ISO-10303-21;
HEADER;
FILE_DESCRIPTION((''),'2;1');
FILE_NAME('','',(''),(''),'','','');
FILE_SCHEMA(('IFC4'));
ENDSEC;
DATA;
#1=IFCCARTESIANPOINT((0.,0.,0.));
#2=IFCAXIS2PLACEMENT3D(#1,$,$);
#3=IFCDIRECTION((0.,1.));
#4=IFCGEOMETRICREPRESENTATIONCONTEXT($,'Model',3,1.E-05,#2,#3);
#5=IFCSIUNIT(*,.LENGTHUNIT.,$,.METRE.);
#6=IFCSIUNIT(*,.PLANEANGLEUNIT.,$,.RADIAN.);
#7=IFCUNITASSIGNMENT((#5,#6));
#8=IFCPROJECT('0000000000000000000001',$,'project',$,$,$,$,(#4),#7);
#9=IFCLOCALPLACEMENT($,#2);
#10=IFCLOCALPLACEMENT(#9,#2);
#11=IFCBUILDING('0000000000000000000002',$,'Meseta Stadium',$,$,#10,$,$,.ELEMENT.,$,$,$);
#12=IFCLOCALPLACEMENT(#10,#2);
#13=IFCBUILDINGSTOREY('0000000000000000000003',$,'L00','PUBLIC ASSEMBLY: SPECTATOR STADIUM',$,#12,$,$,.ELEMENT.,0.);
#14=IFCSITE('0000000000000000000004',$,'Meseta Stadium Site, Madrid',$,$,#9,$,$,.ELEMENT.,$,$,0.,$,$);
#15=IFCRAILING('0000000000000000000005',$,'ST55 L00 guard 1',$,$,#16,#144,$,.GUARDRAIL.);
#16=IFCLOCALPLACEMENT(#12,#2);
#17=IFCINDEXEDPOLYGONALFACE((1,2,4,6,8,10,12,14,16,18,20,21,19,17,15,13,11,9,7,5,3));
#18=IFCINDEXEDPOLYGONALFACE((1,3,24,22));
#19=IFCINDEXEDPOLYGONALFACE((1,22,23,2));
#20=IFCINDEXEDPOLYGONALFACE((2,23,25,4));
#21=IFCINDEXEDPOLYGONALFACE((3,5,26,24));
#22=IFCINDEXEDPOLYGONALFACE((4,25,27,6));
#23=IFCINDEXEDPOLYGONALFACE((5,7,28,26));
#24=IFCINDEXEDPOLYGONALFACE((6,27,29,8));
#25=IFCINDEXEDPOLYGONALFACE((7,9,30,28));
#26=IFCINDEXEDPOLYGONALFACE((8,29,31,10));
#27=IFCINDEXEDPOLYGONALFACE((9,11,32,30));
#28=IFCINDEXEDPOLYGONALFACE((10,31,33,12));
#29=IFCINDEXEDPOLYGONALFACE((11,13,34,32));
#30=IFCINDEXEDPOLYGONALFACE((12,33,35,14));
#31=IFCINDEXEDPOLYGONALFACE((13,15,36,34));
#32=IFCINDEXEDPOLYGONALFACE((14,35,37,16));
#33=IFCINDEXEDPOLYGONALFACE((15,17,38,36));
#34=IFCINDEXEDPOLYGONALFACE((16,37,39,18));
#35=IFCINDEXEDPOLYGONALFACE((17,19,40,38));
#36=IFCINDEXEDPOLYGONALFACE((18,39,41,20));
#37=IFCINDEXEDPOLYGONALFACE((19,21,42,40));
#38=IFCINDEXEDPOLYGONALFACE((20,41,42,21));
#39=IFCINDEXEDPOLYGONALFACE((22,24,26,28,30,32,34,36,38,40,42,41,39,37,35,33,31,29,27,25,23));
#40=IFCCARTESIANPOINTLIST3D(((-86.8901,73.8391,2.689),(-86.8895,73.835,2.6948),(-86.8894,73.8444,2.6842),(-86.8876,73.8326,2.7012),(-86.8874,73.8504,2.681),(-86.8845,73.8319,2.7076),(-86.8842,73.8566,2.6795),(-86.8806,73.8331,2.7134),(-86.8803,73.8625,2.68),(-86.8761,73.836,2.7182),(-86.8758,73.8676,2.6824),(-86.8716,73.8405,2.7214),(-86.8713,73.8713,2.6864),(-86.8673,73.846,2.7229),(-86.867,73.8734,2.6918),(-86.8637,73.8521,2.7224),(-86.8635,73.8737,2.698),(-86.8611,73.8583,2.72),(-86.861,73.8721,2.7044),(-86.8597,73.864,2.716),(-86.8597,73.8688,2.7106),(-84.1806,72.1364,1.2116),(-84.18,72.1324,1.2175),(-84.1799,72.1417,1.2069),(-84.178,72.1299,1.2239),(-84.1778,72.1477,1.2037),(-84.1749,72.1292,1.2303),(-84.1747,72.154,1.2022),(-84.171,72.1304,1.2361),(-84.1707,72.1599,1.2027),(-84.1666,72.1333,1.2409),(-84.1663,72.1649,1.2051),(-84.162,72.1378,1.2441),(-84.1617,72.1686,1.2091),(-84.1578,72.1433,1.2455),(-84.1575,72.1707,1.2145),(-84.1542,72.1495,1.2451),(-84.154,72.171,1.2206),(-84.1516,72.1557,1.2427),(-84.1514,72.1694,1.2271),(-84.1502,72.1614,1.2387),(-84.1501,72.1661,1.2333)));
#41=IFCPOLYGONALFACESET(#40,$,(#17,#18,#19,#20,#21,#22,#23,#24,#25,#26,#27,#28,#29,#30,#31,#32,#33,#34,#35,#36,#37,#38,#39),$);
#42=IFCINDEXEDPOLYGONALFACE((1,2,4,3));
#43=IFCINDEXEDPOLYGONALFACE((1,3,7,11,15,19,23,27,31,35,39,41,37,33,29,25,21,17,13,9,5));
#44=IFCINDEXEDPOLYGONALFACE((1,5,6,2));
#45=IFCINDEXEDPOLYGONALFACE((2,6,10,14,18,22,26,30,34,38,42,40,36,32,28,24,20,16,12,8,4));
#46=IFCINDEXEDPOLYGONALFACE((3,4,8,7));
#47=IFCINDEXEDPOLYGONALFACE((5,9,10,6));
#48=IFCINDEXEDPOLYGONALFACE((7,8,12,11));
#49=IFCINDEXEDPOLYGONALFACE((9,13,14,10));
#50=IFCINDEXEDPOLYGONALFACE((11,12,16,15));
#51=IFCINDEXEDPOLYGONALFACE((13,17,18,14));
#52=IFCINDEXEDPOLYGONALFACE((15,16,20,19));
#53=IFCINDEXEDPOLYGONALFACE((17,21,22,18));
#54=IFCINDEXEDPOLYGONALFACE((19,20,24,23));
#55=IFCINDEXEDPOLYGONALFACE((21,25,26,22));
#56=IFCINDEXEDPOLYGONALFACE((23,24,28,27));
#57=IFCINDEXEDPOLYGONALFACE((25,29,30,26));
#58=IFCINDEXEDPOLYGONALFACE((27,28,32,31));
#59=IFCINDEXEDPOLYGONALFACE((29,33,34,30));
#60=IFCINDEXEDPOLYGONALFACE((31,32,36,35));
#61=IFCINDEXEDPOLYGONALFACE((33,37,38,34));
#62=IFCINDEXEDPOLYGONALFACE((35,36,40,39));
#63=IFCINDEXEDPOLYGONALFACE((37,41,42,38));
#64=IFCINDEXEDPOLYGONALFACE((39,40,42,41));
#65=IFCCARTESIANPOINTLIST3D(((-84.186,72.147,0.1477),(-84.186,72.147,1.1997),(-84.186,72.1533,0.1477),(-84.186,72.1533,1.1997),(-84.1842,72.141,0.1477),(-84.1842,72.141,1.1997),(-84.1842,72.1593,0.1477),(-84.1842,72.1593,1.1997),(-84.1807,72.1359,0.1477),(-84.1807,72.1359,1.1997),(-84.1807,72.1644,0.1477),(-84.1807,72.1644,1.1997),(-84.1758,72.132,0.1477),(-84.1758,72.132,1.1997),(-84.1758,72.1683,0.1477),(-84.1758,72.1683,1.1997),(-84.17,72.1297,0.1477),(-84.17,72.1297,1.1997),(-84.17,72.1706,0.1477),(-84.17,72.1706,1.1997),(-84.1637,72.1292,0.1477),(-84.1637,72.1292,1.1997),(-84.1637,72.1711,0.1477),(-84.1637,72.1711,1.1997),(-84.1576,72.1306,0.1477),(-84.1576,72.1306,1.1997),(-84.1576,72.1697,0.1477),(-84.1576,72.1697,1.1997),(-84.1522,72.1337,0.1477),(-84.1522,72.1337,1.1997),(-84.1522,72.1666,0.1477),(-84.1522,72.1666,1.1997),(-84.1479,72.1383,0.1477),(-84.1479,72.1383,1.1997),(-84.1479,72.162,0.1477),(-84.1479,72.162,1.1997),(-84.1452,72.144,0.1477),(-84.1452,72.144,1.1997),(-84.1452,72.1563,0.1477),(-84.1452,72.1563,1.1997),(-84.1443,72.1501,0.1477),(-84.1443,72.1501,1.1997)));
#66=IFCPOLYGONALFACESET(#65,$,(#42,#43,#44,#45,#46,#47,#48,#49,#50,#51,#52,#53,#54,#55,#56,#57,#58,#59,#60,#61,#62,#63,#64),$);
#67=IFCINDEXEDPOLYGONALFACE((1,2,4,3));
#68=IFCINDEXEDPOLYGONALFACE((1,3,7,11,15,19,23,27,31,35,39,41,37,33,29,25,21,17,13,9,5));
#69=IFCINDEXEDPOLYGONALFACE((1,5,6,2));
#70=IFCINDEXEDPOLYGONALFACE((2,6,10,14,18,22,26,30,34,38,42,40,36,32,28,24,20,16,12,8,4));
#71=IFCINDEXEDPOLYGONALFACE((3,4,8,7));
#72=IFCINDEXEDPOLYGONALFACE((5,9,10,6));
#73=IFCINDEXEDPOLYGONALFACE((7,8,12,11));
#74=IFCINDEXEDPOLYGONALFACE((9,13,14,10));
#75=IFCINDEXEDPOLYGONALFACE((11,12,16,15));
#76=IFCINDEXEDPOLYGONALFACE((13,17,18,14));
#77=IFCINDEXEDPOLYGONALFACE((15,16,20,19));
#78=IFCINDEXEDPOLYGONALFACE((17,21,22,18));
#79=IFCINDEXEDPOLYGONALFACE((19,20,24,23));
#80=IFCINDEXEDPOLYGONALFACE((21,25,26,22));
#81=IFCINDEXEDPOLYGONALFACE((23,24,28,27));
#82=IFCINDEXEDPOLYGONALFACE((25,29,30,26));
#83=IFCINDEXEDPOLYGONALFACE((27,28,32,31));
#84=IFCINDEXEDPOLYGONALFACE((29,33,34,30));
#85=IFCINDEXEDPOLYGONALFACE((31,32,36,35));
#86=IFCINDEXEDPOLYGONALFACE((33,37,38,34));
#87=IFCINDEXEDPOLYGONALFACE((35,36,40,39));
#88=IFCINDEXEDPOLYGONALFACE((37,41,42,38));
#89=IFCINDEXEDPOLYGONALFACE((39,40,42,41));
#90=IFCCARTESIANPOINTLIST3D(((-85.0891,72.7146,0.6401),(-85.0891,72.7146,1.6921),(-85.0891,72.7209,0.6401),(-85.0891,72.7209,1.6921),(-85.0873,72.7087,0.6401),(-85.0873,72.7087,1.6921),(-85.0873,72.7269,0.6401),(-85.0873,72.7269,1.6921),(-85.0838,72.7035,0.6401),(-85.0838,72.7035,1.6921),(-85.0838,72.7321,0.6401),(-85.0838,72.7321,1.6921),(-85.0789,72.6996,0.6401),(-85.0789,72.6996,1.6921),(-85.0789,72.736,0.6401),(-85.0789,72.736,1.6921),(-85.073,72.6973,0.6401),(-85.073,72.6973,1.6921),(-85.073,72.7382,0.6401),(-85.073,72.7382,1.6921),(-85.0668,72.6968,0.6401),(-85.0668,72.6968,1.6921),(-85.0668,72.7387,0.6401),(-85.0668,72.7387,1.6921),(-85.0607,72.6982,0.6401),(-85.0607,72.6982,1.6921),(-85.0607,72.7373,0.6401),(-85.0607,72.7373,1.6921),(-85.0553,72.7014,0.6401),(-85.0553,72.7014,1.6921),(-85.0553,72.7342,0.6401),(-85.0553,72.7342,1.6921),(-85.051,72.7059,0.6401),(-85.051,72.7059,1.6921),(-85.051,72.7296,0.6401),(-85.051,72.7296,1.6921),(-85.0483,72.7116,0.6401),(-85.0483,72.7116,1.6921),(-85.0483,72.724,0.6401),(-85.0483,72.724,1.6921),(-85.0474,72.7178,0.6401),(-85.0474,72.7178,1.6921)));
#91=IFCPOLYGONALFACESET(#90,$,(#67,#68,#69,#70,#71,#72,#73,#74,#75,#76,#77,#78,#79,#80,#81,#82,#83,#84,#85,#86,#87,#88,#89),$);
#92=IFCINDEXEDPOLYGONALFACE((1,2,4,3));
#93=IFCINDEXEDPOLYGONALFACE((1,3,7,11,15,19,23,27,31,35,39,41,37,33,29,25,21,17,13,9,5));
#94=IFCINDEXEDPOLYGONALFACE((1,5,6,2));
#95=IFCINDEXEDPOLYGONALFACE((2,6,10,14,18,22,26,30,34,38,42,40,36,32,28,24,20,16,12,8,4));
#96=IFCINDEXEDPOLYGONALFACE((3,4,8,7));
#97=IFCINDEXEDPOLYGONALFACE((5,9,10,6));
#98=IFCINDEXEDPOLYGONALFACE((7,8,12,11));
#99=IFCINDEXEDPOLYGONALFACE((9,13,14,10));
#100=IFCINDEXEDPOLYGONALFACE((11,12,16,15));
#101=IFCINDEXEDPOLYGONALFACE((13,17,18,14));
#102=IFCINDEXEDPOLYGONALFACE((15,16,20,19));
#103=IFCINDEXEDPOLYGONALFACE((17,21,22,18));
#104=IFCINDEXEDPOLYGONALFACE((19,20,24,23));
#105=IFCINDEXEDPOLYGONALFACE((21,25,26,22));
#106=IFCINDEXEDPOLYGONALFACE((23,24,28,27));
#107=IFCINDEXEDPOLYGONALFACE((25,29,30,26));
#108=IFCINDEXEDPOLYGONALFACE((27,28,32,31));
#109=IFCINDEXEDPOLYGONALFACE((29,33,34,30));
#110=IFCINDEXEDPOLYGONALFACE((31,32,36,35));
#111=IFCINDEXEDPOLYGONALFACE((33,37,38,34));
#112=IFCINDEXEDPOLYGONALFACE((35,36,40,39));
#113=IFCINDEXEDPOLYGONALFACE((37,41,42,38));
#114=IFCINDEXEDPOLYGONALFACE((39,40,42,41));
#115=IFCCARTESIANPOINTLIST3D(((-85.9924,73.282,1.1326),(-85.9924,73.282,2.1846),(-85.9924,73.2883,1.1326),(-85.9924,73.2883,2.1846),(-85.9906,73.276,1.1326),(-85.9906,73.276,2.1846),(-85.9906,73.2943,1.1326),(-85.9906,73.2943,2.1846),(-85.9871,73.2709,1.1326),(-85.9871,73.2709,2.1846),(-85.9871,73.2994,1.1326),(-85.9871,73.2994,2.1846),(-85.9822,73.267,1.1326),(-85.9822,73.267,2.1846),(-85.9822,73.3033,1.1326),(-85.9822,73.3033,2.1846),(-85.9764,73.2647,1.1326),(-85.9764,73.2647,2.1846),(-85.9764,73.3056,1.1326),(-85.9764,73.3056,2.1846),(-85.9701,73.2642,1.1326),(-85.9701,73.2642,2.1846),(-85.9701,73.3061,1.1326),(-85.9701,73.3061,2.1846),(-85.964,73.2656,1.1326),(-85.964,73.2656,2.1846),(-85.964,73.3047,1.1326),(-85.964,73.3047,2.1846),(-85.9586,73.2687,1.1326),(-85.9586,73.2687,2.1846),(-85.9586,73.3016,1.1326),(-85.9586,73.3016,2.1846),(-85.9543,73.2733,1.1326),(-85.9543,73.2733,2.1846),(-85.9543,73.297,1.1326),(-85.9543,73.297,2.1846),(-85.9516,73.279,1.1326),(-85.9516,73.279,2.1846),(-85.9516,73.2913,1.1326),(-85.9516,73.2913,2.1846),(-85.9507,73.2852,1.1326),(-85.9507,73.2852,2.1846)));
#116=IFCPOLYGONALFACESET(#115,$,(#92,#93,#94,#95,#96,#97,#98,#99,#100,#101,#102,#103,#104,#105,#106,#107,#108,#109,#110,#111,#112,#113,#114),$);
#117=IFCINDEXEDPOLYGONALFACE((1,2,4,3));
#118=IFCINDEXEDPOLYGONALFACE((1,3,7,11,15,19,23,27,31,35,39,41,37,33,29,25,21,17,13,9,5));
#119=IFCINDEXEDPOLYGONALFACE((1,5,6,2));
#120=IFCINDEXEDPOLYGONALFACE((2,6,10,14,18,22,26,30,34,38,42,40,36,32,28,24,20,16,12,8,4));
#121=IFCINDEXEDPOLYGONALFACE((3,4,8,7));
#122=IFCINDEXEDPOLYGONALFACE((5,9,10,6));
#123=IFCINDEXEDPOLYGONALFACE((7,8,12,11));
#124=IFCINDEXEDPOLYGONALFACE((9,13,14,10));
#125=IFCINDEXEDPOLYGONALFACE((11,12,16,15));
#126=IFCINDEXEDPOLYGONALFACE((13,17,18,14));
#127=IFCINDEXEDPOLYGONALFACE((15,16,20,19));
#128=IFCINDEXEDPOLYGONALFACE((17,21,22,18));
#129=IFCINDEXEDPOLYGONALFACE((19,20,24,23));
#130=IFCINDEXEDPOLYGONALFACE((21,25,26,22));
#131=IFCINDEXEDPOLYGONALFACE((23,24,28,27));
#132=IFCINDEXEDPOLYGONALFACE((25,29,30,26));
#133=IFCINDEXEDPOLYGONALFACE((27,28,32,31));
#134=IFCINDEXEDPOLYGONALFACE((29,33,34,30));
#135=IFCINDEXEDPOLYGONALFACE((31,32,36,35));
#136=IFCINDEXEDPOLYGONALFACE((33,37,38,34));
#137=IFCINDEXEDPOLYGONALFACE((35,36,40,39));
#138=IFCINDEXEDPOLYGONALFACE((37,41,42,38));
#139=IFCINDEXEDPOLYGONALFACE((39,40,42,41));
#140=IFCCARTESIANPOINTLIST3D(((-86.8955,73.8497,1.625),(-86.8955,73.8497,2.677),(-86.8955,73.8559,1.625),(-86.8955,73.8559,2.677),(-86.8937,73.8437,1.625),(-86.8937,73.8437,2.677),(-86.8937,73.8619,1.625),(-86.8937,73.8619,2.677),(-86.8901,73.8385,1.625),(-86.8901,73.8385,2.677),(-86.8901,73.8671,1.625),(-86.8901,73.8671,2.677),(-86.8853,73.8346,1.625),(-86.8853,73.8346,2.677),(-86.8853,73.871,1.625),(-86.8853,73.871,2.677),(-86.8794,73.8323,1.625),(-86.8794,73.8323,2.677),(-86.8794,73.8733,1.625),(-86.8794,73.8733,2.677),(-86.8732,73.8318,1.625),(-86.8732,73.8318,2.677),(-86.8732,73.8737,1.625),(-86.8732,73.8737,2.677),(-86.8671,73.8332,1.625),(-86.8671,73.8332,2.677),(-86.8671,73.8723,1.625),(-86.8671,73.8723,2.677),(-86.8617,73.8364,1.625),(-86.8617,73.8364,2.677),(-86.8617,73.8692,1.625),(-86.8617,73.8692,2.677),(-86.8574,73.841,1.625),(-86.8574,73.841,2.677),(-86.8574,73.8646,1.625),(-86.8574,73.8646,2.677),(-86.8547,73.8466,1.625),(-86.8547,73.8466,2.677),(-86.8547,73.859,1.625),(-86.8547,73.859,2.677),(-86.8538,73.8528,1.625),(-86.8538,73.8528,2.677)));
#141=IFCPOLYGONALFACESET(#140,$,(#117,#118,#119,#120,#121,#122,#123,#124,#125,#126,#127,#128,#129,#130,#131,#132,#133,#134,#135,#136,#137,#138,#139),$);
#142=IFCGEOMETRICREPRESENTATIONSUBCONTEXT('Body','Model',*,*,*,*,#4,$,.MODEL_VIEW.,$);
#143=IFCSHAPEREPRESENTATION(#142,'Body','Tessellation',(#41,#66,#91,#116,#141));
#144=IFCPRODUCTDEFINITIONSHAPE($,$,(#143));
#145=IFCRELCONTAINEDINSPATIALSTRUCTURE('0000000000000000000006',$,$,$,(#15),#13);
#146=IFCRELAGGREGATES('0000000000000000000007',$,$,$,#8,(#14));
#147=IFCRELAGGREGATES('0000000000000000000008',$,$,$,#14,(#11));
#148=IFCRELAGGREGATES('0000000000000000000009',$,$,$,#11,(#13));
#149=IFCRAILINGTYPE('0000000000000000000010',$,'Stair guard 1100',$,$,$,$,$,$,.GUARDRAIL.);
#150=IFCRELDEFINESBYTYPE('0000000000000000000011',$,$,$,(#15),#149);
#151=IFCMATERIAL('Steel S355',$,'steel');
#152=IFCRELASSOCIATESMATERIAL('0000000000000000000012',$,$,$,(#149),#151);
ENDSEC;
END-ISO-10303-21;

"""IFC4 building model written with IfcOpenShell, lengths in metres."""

from ifc_helpers import new_model, si_unit, direction, frame, origin, origin_2d, place, context, subcontext, project, spatial, circle, extrude, material, type_object, element, save


model = new_model("IFC4")

# Units and contexts
model_context = context("Model", 3, precision=1e-05, world=origin(), true_north=direction((0.0, 1.0)))
body_context = subcontext(model_context, "Body", "Model", "MODEL_VIEW")
ifc_project = project(units=[si_unit("LENGTHUNIT", "METRE"), si_unit("PLANEANGLEUNIT", "RADIAN")], contexts=[model_context])

# Site, building, storey
site_placement = place(None, origin())
site = spatial("IfcSite", under=ifc_project, at=site_placement, Name="Meseta Stadium Site, Madrid", CompositionType="ELEMENT", RefElevation=0.0)
building_placement = place(site_placement, origin())
building = spatial("IfcBuilding", under=site, at=building_placement, Name="Meseta Stadium", CompositionType="ELEMENT")
storey_placement = place(building_placement, origin())
storey = spatial("IfcBuildingStorey", under=building, at=storey_placement, Name="L00", Description="PUBLIC ASSEMBLY: SPECTATOR STADIUM", CompositionType="ELEMENT", Elevation=0.0)

# Railing
ifc_material_1 = material(Name="Steel S355", Category="steel")
railing_type_1 = type_object("IfcRailingType", Name="Stair guard 1100", PredefinedType="GUARDRAIL", material=ifc_material_1)
railing_1_placement = place(storey_placement, frame((-84.1653, 72.1501, 0.1477)))
element("IfcRailing", 1, at=railing_1_placement, inside=storey, type_object=railing_type_1, Name="ST55 L00 guard 1", PredefinedType="GUARDRAIL", context=body_context, shape_type="SweptSolid", body=[
    extrude(circle(Radius=0.0239, at=origin_2d()), frame((0.0, 0.0, 1.0762), z_axis=(-0.768738, 0.483076, 0.419142), x_axis=(-0.532068, -0.846701, 0.0)), (0.0, 0.0, 1.0), 3.5247),
    extrude(circle(Radius=0.021, at=origin_2d()), origin(), (0.0, 0.0, 1.0), 1.052),
    extrude(circle(Radius=0.021, at=origin_2d()), frame((-0.9031, 0.5676, 0.4924)), (0.0, 0.0, 1.0), 1.052),
    extrude(circle(Radius=0.021, at=origin_2d()), frame((-1.8064, 1.135, 0.9849)), (0.0, 0.0, 1.0), 1.052),
    extrude(circle(Radius=0.021, at=origin_2d()), frame((-2.7095, 1.7026, 1.4773)), (0.0, 0.0, 1.0), 1.052),
])

save(model, "model.ifc")
